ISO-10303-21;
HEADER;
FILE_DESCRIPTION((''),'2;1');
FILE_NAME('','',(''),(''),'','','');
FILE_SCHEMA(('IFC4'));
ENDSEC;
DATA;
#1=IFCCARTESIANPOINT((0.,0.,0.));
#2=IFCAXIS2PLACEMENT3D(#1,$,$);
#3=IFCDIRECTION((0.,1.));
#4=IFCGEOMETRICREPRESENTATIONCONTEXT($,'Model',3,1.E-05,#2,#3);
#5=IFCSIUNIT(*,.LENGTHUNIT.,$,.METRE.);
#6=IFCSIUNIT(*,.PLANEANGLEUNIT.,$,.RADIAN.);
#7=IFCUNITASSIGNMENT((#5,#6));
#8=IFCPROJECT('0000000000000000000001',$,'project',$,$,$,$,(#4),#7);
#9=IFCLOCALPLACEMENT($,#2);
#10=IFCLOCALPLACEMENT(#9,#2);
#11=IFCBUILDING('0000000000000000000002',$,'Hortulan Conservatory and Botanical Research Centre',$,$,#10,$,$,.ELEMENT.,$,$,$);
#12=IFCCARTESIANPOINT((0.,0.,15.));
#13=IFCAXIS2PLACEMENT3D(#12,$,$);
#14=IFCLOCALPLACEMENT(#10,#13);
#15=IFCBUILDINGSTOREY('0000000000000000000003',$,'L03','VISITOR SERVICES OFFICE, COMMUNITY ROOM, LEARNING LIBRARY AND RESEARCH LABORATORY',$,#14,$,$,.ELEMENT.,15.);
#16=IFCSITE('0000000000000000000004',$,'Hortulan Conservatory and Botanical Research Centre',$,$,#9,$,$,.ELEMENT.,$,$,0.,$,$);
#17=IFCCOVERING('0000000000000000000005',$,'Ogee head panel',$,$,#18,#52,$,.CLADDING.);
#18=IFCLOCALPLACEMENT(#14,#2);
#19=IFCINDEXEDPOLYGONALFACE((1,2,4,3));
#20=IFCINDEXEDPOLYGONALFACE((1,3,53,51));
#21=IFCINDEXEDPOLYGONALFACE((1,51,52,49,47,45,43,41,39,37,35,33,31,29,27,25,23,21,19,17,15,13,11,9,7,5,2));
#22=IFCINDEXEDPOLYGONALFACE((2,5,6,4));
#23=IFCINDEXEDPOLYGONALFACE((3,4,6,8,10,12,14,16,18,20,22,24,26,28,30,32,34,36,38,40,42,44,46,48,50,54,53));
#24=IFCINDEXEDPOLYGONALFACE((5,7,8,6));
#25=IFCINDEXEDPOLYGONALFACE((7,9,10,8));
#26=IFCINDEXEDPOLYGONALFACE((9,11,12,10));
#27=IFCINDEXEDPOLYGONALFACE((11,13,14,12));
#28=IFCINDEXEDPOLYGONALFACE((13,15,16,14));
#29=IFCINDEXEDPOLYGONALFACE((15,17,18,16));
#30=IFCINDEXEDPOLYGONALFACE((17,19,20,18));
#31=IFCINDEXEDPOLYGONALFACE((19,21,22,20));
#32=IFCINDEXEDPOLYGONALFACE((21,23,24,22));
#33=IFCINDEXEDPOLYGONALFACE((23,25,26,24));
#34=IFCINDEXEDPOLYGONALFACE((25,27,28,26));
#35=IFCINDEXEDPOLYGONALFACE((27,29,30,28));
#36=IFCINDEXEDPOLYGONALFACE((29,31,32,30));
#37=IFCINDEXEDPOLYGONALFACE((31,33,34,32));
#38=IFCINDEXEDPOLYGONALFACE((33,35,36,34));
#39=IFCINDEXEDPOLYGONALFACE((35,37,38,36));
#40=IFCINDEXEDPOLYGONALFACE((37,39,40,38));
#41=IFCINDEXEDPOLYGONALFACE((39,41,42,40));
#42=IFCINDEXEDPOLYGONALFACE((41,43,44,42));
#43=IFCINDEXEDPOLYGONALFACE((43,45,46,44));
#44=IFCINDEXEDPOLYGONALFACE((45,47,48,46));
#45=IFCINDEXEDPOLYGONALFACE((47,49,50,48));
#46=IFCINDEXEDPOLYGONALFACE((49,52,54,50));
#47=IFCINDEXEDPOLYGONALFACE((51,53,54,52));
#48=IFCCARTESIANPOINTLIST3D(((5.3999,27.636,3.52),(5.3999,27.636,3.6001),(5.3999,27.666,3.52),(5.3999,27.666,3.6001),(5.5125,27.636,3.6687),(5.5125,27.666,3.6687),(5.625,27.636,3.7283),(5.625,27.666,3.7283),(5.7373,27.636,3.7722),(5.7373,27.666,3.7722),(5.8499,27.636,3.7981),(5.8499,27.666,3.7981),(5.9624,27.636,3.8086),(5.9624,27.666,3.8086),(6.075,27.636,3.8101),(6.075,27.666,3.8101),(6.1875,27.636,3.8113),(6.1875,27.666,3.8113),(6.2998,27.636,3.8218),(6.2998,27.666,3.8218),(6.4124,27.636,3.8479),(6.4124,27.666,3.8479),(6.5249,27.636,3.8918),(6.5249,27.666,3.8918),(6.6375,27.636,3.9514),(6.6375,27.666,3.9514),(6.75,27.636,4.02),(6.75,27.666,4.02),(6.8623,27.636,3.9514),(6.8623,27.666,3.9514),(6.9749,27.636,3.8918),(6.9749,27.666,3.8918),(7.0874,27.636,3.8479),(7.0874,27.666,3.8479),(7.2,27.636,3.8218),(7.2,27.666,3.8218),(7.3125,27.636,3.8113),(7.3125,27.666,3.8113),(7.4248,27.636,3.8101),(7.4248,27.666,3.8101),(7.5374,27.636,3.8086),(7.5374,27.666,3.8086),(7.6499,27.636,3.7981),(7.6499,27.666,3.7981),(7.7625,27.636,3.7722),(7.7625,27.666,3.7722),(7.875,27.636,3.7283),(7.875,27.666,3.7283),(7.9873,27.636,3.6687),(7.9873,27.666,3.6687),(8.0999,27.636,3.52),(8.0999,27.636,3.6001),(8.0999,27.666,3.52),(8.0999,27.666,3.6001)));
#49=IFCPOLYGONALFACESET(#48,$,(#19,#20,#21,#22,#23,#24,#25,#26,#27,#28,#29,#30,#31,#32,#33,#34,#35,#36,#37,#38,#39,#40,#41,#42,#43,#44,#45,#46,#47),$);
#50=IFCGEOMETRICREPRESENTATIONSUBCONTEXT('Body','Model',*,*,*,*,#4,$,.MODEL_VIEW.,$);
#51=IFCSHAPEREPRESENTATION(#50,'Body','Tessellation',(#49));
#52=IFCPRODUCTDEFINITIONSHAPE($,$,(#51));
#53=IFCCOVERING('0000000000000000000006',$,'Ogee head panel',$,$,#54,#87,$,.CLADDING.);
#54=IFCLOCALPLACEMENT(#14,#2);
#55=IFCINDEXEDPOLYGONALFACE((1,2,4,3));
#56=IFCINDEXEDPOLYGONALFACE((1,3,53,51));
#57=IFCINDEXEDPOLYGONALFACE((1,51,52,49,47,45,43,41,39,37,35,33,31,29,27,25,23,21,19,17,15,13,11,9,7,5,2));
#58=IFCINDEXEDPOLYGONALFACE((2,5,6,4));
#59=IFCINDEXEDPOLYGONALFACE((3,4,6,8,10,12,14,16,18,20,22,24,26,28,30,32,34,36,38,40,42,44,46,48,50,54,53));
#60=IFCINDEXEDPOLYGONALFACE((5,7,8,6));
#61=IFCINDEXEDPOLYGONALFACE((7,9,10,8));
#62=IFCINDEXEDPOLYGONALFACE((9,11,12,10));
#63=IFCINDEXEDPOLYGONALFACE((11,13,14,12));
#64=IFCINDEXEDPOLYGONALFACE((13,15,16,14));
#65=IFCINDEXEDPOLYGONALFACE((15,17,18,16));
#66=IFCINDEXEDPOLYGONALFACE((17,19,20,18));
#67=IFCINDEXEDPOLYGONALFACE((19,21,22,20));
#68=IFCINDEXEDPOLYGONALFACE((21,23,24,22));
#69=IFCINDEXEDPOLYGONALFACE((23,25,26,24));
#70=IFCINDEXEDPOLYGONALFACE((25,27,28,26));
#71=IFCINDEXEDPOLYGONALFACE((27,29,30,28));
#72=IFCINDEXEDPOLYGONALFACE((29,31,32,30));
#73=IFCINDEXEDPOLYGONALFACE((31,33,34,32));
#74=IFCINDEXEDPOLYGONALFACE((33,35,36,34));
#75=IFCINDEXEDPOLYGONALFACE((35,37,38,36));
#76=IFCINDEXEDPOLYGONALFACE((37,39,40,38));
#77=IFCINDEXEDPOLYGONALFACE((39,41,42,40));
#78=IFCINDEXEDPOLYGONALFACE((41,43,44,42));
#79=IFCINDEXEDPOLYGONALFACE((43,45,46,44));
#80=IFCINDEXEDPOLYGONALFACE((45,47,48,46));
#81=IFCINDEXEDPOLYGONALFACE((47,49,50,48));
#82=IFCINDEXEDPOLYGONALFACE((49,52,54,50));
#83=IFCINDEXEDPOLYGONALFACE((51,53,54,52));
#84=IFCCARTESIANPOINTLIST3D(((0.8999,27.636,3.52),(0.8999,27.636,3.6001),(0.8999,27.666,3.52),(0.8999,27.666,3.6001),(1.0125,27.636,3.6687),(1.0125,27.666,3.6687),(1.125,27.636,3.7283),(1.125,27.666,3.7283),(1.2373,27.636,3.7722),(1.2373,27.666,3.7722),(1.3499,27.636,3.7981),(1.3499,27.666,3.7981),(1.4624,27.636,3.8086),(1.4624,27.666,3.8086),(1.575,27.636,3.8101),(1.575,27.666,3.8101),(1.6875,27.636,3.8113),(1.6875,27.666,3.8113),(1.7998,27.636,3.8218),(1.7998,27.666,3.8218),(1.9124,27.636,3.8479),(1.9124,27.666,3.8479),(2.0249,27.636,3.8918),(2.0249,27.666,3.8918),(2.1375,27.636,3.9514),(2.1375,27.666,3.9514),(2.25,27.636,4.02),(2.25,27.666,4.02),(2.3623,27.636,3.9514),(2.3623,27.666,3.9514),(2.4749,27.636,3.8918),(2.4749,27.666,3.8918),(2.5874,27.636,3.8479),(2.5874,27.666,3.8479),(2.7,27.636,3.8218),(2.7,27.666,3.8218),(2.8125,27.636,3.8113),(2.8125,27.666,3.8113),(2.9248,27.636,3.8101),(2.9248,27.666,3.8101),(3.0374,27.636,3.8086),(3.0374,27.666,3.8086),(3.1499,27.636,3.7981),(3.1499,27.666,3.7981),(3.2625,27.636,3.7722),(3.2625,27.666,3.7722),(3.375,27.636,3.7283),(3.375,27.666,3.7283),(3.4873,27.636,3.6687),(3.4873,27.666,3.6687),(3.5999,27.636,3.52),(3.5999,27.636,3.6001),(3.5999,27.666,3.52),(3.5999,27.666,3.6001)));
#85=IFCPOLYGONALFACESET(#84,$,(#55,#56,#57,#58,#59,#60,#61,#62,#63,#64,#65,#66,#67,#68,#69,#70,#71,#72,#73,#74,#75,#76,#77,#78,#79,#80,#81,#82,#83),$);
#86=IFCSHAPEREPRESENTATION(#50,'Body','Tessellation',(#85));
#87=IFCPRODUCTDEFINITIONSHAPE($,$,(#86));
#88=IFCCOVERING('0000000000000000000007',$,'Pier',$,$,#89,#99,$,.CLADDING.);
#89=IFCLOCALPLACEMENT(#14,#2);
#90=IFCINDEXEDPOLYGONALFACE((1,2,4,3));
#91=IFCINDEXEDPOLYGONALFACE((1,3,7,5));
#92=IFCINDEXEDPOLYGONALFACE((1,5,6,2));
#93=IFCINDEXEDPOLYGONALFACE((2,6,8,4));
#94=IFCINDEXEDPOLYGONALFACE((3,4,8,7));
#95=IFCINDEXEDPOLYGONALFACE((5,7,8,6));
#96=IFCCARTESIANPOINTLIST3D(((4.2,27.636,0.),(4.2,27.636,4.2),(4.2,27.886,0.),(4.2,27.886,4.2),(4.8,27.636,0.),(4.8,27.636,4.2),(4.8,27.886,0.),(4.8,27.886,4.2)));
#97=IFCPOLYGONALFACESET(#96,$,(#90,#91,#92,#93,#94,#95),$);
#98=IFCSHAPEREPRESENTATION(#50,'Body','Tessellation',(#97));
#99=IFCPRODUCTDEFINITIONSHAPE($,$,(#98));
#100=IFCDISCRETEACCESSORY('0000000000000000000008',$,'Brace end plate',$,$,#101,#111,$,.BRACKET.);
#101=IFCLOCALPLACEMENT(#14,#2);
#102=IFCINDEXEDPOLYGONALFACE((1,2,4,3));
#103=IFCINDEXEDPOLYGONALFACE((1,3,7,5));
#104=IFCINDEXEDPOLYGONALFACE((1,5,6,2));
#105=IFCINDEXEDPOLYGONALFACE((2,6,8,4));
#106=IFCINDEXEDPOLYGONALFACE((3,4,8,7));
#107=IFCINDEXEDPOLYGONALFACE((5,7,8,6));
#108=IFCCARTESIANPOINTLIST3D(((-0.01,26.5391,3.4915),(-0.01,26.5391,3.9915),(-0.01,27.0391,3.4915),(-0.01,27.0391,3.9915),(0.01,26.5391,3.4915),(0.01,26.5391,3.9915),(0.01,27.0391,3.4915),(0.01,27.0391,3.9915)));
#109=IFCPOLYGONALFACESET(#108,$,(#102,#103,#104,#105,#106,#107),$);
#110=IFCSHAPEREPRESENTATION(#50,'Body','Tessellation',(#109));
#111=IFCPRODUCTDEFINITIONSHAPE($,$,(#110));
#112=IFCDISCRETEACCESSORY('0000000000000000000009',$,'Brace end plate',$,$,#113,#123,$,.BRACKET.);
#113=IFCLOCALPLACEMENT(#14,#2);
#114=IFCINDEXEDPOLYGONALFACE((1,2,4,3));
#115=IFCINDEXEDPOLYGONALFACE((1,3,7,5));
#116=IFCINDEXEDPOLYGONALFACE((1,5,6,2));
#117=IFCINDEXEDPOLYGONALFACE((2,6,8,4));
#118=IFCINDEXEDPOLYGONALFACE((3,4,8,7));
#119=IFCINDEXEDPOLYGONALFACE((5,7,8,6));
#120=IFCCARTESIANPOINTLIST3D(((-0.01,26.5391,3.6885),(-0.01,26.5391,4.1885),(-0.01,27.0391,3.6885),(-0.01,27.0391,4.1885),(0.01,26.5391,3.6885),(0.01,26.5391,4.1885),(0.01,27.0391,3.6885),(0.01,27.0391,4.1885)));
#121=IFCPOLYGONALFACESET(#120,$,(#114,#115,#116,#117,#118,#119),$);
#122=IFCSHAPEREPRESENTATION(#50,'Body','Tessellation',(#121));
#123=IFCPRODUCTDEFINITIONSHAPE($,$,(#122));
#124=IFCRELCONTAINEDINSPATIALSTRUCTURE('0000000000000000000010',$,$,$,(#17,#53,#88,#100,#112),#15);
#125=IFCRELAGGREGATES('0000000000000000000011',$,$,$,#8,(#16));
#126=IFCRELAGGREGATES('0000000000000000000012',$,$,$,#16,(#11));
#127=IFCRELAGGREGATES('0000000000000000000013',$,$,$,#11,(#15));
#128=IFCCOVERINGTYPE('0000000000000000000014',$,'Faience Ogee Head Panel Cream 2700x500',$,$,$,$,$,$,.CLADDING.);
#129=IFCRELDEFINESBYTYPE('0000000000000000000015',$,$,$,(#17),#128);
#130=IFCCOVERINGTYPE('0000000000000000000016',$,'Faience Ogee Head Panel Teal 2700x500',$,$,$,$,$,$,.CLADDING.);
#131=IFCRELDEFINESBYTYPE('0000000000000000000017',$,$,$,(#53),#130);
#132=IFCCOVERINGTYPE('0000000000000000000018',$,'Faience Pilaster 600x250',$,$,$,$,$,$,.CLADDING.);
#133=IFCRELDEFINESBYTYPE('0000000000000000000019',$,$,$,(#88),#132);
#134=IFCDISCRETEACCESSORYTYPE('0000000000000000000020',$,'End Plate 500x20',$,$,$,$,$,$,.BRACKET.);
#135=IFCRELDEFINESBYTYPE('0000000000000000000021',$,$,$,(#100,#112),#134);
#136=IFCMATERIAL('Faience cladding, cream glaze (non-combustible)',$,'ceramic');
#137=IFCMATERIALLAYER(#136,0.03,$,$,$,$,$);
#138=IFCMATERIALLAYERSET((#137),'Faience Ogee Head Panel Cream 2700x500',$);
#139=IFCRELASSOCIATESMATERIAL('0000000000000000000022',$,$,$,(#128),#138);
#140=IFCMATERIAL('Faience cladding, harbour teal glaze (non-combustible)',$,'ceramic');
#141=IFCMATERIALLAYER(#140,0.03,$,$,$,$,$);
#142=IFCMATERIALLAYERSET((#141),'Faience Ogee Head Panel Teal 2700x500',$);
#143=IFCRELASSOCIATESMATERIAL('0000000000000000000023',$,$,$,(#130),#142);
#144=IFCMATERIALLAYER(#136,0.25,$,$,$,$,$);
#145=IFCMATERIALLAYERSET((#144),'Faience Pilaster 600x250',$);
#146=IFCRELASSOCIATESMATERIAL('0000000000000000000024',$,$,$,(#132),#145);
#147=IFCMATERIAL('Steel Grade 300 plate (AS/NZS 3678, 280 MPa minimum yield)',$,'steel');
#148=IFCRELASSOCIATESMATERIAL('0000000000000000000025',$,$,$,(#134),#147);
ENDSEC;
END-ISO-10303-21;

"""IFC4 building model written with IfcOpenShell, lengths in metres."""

from ifc_helpers import new_model, si_unit, direction, frame, origin, origin_2d, place, context, subcontext, project, spatial, polyline, rectangle, outline, extrude, material, layer, layer_set, type_object, element, save


model = new_model("IFC4")

# Units and contexts
model_context = context("Model", 3, precision=1e-05, world=origin(), true_north=direction((0.0, 1.0)))
body_context = subcontext(model_context, "Body", "Model", "MODEL_VIEW")
ifc_project = project(units=[si_unit("LENGTHUNIT", "METRE"), si_unit("PLANEANGLEUNIT", "RADIAN")], contexts=[model_context])

# Site, building, storey
site_placement = place(None, origin())
site = spatial("IfcSite", under=ifc_project, at=site_placement, Name="Hortulan Conservatory and Botanical Research Centre", CompositionType="ELEMENT", RefElevation=0.0)
building_placement = place(site_placement, origin())
building = spatial("IfcBuilding", under=site, at=building_placement, Name="Hortulan Conservatory and Botanical Research Centre", CompositionType="ELEMENT")
storey_placement = place(building_placement, frame((0.0, 0.0, 15.0)))
storey = spatial("IfcBuildingStorey", under=building, at=storey_placement, Name="L03", Description="VISITOR SERVICES OFFICE, COMMUNITY ROOM, LEARNING LIBRARY AND RESEARCH LABORATORY", CompositionType="ELEMENT", Elevation=15.0)

# Coverings
ifc_material_1 = material(Name="Faience cladding, cream glaze (non-combustible)", Category="ceramic")
ifc_layer_1 = layer(ifc_material_1, 0.03)
ifc_layer_set_1 = layer_set([ifc_layer_1], Name="Faience Ogee Head Panel Cream 2700x500")
covering_type_1 = type_object("IfcCoveringType", Name="Faience Ogee Head Panel Cream 2700x500", PredefinedType="CLADDING", material=ifc_layer_set_1)
covering_1_placement = place(storey_placement, frame((5.3999, 27.6509, 3.52), z_axis=(0.0, 0.0, 1.0), x_axis=(1.0, 0.0, 0.0)))
element("IfcCovering", 1, at=covering_1_placement, inside=storey, type_object=covering_type_1, Name="Ogee head panel", PredefinedType="CLADDING", context=body_context, shape_type="SweptSolid", body=[
    extrude(outline(polyline([(0.0, 0.0), (2.7, 0.0), (2.7, 0.0801), (2.5874, 0.1487), (2.4751, 0.2083), (2.3625, 0.2522), (2.25, 0.2781), (2.1375, 0.2886), (2.0249, 0.29), (1.9126, 0.2913), (1.8, 0.3018), (1.6875, 0.3279), (1.575, 0.3718), (1.4624, 0.4314), (1.3501, 0.5), (1.2375, 0.4314), (1.125, 0.3718), (1.0125, 0.3279), (0.8999, 0.3018), (0.7876, 0.2913), (0.675, 0.29), (0.5625, 0.2886), (0.45, 0.2781), (0.3374, 0.2522), (0.2251, 0.2083), (0.1125, 0.1487), (0.0, 0.0801), (0.0, 0.0)])), frame((0.0, 0.0151, 0.0), z_axis=(0.0, -1.0, 0.0), x_axis=(1.0, 0.0, 0.0)), (0.0, 0.0, 1.0), 0.03),
])
ifc_material_2 = material(Name="Faience cladding, harbour teal glaze (non-combustible)", Category="ceramic")
ifc_layer_2 = layer(ifc_material_2, 0.03)
ifc_layer_set_2 = layer_set([ifc_layer_2], Name="Faience Ogee Head Panel Teal 2700x500")
covering_type_2 = type_object("IfcCoveringType", Name="Faience Ogee Head Panel Teal 2700x500", PredefinedType="CLADDING", material=ifc_layer_set_2)
covering_2_placement = place(storey_placement, frame((0.8999, 27.6509, 3.52), z_axis=(0.0, 0.0, 1.0), x_axis=(1.0, 0.0, 0.0)))
element("IfcCovering", 2, at=covering_2_placement, inside=storey, type_object=covering_type_2, Name="Ogee head panel", PredefinedType="CLADDING", context=body_context, shape_type="SweptSolid", body=[
    extrude(outline(polyline([(0.0, 0.0), (2.7, 0.0), (2.7, 0.0801), (2.5874, 0.1487), (2.4751, 0.2083), (2.3625, 0.2522), (2.25, 0.2781), (2.1375, 0.2886), (2.0249, 0.29), (1.9126, 0.2913), (1.8, 0.3018), (1.6875, 0.3279), (1.575, 0.3718), (1.4624, 0.4314), (1.3501, 0.5), (1.2375, 0.4314), (1.125, 0.3718), (1.0125, 0.3279), (0.8999, 0.3018), (0.7876, 0.2913), (0.675, 0.29), (0.5625, 0.2886), (0.45, 0.2781), (0.3374, 0.2522), (0.2251, 0.2083), (0.1125, 0.1487), (0.0, 0.0801), (0.0, 0.0)])), frame((0.0, 0.0151, 0.0), z_axis=(0.0, -1.0, 0.0), x_axis=(1.0, 0.0, 0.0)), (0.0, 0.0, 1.0), 0.03),
])
ifc_layer_3 = layer(ifc_material_1, 0.25)
ifc_layer_set_3 = layer_set([ifc_layer_3], Name="Faience Pilaster 600x250")
covering_type_3 = type_object("IfcCoveringType", Name="Faience Pilaster 600x250", PredefinedType="CLADDING", material=ifc_layer_set_3)
covering_3_placement = place(storey_placement, frame((4.5, 27.761, 0.0), z_axis=(0.0, 0.0, 1.0), x_axis=(1.0, 0.0, 0.0)))
element("IfcCovering", 3, at=covering_3_placement, inside=storey, type_object=covering_type_3, Name="Pier", PredefinedType="CLADDING", context=body_context, shape_type="SweptSolid", body=[
    extrude(rectangle(XDim=0.6001, YDim=0.25, at=origin_2d()), origin(), (0.0, 0.0, 1.0), 4.2),
])

# Discrete accessories
ifc_material_3 = material(Name="Steel Grade 300 plate (AS/NZS 3678, 280 MPa minimum yield)", Category="steel")
discrete_accessory_type = type_object("IfcDiscreteAccessoryType", Name="End Plate 500x20", PredefinedType="BRACKET", material=ifc_material_3)
for number, where, z_axis, x_axis, name in (
    (4, (0.0, 26.7891, 3.4915), (0.0, 0.0, 1.0), (0.0, -1.0, 0.0), "Brace end plate"),
    (5, (0.0, 26.7891, 3.6885), (0.0, 0.0, 1.0), (0.0, -1.0, 0.0), "Brace end plate"),
):
    element("IfcDiscreteAccessory", number, at=place(storey_placement, frame(where, z_axis=z_axis, x_axis=x_axis)), inside=storey, type_object=discrete_accessory_type, Name=name, PredefinedType="BRACKET", context=body_context, shape_type="SweptSolid", body=[
        extrude(rectangle(XDim=0.5, YDim=0.02, at=origin_2d()), origin(), (0.0, 0.0, 1.0), 0.5),
    ])

save(model, "model.ifc")
